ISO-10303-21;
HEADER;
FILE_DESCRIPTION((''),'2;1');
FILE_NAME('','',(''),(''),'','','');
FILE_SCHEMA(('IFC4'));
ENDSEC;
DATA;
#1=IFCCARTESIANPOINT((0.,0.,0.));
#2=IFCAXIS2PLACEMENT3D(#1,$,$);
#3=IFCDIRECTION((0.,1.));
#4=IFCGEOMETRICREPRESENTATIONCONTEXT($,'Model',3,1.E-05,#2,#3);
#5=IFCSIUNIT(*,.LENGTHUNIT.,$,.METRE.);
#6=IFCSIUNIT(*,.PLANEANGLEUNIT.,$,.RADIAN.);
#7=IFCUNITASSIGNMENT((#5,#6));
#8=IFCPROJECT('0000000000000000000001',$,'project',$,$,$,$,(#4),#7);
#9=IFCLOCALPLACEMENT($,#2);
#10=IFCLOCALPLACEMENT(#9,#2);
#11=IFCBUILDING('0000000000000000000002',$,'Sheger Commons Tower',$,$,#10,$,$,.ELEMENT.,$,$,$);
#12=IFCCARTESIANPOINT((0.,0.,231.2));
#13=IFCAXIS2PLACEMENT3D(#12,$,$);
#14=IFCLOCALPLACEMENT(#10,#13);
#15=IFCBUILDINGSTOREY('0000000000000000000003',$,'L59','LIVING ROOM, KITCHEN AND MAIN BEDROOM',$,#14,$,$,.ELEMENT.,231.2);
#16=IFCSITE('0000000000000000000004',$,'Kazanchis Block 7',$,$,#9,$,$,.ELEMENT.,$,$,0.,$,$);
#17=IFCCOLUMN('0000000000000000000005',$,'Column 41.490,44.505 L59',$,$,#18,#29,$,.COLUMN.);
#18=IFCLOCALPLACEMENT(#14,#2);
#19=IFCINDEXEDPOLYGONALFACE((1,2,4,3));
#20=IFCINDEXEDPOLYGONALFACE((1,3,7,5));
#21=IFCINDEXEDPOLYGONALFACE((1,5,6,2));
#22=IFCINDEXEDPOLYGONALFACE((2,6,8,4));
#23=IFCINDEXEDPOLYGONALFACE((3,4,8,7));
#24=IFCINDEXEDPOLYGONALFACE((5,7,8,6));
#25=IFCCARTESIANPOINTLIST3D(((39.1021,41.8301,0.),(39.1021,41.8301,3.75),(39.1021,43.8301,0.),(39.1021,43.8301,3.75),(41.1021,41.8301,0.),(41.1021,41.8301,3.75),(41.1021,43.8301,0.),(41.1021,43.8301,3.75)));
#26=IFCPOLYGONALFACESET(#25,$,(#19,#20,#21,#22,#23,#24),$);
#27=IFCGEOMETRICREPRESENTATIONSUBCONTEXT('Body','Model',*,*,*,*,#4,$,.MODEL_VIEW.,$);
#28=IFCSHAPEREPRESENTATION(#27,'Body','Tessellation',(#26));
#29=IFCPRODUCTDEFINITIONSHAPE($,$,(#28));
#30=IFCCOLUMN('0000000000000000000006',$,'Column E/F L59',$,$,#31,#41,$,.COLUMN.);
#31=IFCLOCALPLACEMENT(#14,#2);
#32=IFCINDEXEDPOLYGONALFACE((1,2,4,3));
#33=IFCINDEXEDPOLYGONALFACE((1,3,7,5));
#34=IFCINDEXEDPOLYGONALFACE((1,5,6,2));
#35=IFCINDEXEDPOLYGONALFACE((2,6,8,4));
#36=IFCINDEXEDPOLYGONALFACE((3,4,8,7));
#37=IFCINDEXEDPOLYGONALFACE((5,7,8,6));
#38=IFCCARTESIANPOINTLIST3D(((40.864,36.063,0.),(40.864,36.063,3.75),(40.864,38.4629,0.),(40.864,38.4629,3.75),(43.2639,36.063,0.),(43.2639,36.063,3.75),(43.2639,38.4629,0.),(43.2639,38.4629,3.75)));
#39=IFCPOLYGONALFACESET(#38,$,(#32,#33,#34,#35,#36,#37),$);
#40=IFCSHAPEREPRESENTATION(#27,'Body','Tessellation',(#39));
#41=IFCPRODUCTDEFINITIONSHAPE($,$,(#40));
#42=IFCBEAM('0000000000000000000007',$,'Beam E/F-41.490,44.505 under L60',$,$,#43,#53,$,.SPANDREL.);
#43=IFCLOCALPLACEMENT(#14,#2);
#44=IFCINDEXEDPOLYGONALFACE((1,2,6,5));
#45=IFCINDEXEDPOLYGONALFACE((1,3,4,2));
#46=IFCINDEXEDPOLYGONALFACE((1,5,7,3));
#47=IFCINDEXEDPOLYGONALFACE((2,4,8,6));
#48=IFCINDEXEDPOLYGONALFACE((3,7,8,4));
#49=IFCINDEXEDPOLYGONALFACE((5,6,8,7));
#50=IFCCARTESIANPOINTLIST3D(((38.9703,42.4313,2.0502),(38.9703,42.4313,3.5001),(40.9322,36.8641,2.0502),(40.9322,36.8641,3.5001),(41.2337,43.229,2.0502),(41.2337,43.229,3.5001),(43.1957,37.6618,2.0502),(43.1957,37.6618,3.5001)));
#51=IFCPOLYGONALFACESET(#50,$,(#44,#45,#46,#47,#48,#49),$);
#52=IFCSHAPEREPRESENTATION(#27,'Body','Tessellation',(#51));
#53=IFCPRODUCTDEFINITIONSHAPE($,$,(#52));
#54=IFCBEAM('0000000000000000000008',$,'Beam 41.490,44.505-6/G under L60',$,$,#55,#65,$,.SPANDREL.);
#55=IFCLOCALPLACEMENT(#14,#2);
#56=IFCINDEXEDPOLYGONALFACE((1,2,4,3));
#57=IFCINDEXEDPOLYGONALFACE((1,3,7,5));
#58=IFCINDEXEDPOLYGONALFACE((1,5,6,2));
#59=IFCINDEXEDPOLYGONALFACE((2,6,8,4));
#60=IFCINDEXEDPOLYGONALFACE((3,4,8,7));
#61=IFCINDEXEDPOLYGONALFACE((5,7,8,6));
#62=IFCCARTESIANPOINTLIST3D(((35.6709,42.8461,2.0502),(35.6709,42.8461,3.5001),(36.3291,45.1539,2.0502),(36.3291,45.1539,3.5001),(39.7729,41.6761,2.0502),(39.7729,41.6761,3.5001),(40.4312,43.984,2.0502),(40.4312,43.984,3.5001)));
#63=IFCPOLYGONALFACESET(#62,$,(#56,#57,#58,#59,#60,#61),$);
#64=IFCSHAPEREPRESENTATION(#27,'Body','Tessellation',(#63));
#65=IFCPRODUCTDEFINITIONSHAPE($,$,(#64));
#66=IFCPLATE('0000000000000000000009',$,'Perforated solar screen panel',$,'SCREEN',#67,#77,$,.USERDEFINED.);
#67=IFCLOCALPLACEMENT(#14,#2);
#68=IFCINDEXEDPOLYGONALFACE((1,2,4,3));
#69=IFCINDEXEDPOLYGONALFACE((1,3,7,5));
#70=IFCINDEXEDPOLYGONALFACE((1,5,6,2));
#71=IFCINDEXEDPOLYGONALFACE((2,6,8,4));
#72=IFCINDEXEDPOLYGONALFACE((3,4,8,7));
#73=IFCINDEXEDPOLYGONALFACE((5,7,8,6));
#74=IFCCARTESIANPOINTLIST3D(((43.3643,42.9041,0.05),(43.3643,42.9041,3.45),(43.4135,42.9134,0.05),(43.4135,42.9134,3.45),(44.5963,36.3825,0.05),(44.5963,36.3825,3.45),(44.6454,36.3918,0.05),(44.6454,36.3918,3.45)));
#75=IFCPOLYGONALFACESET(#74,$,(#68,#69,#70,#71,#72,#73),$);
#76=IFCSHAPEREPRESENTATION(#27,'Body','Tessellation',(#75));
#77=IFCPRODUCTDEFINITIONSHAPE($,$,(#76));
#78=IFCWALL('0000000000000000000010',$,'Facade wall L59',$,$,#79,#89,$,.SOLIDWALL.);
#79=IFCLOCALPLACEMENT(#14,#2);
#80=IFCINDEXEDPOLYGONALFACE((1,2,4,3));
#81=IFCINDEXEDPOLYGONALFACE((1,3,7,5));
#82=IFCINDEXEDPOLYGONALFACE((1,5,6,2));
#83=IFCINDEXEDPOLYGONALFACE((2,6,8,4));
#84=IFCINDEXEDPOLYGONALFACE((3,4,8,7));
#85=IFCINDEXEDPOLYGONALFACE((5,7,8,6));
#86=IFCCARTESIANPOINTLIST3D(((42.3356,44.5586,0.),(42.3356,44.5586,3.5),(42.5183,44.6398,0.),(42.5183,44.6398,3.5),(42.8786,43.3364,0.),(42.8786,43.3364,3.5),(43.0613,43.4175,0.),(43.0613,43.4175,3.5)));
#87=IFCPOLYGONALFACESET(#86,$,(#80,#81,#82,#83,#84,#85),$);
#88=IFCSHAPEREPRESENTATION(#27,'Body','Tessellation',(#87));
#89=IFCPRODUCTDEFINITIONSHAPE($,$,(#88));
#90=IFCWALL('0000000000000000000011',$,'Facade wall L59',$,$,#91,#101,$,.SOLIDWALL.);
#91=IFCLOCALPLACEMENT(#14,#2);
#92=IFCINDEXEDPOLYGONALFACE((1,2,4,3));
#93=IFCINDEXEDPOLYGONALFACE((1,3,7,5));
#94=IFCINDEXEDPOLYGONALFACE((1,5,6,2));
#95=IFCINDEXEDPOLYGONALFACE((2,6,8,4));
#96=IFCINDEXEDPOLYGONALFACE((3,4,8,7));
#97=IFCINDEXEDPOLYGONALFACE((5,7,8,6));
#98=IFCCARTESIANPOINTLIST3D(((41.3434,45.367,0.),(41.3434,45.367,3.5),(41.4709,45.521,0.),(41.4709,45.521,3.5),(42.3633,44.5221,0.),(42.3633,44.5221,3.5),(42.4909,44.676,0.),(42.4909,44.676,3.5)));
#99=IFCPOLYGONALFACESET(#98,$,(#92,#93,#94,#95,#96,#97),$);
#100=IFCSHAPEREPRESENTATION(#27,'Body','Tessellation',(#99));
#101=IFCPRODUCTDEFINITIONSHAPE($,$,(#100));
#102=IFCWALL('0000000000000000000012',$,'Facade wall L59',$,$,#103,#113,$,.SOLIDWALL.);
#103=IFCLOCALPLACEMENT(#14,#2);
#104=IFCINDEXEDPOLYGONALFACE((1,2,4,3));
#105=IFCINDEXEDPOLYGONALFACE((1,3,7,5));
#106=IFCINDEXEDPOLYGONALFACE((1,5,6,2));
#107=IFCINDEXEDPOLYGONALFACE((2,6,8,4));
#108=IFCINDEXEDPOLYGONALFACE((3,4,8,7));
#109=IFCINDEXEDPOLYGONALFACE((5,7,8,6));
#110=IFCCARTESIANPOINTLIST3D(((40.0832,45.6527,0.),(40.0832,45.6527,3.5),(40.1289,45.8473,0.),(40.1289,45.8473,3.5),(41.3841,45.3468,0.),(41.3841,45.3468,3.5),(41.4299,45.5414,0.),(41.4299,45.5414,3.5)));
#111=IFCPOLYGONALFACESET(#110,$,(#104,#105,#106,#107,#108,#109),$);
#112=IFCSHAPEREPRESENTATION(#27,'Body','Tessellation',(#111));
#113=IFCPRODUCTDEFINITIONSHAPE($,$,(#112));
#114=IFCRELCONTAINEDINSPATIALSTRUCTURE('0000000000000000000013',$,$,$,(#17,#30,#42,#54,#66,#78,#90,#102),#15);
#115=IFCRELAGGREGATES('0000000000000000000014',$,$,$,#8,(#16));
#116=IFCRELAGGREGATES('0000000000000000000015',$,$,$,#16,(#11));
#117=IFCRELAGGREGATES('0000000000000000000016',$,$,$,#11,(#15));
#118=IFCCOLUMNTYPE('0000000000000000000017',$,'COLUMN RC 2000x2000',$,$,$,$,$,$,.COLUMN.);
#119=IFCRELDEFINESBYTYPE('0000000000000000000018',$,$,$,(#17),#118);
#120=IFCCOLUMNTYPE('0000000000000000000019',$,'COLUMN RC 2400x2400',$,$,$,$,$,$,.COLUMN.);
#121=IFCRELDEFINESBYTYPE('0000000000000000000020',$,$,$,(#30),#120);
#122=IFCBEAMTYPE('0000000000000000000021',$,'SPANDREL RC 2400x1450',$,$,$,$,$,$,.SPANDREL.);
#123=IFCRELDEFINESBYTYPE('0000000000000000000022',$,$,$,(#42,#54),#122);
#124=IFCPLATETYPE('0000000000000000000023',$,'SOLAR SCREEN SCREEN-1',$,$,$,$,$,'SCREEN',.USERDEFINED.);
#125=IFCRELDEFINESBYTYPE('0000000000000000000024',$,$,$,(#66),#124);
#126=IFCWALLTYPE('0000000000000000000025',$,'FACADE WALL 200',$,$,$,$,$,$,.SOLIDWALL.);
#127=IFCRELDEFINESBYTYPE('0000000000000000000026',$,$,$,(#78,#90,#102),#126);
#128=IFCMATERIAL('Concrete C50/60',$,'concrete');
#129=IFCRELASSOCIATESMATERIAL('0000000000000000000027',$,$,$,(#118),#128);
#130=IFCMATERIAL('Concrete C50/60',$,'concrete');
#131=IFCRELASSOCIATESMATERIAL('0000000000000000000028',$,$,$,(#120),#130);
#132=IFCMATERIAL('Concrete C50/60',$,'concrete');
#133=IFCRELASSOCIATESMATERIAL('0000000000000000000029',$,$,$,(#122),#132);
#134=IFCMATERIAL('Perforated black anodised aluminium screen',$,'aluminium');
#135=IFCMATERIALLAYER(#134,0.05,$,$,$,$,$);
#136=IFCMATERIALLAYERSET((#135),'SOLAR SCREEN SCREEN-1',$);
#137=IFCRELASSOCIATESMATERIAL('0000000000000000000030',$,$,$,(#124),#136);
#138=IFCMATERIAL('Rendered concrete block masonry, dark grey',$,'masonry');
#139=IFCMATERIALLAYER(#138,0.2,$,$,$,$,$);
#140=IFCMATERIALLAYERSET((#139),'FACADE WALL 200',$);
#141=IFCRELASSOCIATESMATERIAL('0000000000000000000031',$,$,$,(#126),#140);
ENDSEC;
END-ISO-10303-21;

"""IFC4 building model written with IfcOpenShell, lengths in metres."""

from ifc_helpers import new_model, si_unit, direction, frame, frame_2d, origin, origin_2d, place, context, subcontext, project, spatial, rectangle, extrude, material, layer, layer_set, material_profile, profile_set, type_object, element, save


model = new_model("IFC4")

# Units and contexts
model_context = context("Model", 3, precision=1e-05, world=origin(), true_north=direction((0.0, 1.0)))
body_context = subcontext(model_context, "Body", "Model", "MODEL_VIEW")
ifc_project = project(units=[si_unit("LENGTHUNIT", "METRE"), si_unit("PLANEANGLEUNIT", "RADIAN")], contexts=[model_context])

# Site, building, storey
site_placement = place(None, origin())
site = spatial("IfcSite", under=ifc_project, at=site_placement, Name="Kazanchis Block 7", CompositionType="ELEMENT", RefElevation=0.0)
building_placement = place(site_placement, origin())
building = spatial("IfcBuilding", under=site, at=building_placement, Name="Sheger Commons Tower", CompositionType="ELEMENT")
storey_placement = place(building_placement, frame((0.0, 0.0, 231.2)))
storey = spatial("IfcBuildingStorey", under=building, at=storey_placement, Name="L59", Description="LIVING ROOM, KITCHEN AND MAIN BEDROOM", CompositionType="ELEMENT", Elevation=231.2)

# Columns
ifc_material_1 = material(Name="Concrete C50/60", Category="concrete")
ifc_material_profile_1 = material_profile(ifc_material_1, rectangle(XDim=2.0, YDim=2.0, at=origin_2d()), Name="RC 2000x2000")
ifc_profile_set_1 = profile_set([ifc_material_profile_1], Name="Concrete C50/60")
column_type_1 = type_object("IfcColumnType", Name="COLUMN RC 2000x2000", PredefinedType="COLUMN", material=ifc_profile_set_1)
column_1_placement = place(storey_placement, frame((40.1021, 42.8301, 0.0), z_axis=(0.0, 0.0, 1.0), x_axis=(1.0, 0.0, 0.0)))
element("IfcColumn", 1, at=column_1_placement, inside=storey, type_object=column_type_1, Name="Column 41.490,44.505 L59", PredefinedType="COLUMN", context=body_context, shape_type="SweptSolid", body=[
    extrude(rectangle(XDim=2.0, YDim=2.0, at=origin_2d()), origin(), (0.0, 0.0, 1.0), 3.75),
])
ifc_material_2 = material(Name="Concrete C50/60", Category="concrete")
ifc_material_profile_2 = material_profile(ifc_material_2, rectangle(XDim=2.3999, YDim=2.3999, at=origin_2d()), Name="RC 2400x2400")
ifc_profile_set_2 = profile_set([ifc_material_profile_2], Name="Concrete C50/60")
column_type_2 = type_object("IfcColumnType", Name="COLUMN RC 2400x2400", PredefinedType="COLUMN", material=ifc_profile_set_2)
column_2_placement = place(storey_placement, frame((42.064, 37.2629, 0.0), z_axis=(0.0, 0.0, 1.0), x_axis=(1.0, 0.0, 0.0)))
element("IfcColumn", 2, at=column_2_placement, inside=storey, type_object=column_type_2, Name="Column E/F L59", PredefinedType="COLUMN", context=body_context, shape_type="SweptSolid", body=[
    extrude(rectangle(XDim=2.3999, YDim=2.3999, at=origin_2d()), origin(), (0.0, 0.0, 1.0), 3.75),
])

# Beams
ifc_material_3 = material(Name="Concrete C50/60", Category="concrete")
ifc_material_profile_3 = material_profile(ifc_material_3, rectangle(XDim=2.3999, YDim=1.45, at=origin_2d()), Name="RC 2400x1450")
ifc_profile_set_3 = profile_set([ifc_material_profile_3], Name="Concrete C50/60")
beam_type = type_object("IfcBeamType", Name="SPANDREL RC 2400x1450", PredefinedType="SPANDREL", material=ifc_profile_set_3)
beam_1_placement = place(storey_placement, frame((42.064, 37.2629, 2.7751), z_axis=(-0.332374, 0.943148, 0.0), x_axis=(-0.943148, -0.332374, 0.0)))
element("IfcBeam", 3, at=beam_1_placement, inside=storey, type_object=beam_type, Name="Beam E/F-41.490,44.505 under L60", PredefinedType="SPANDREL", context=body_context, shape_type="SweptSolid", body=[
    extrude(rectangle(XDim=2.3999, YDim=1.45, at=origin_2d()), origin(), (0.0, 0.0, 1.0), 5.9028),
])
beam_2_placement = place(storey_placement, frame((40.1021, 42.8301, 2.7751), z_axis=(-0.961653, 0.274268, 0.0), x_axis=(-0.274268, -0.961653, 0.0)))
element("IfcBeam", 4, at=beam_2_placement, inside=storey, type_object=beam_type, Name="Beam 41.490,44.505-6/G under L60", PredefinedType="SPANDREL", context=body_context, shape_type="SweptSolid", body=[
    extrude(rectangle(XDim=2.3999, YDim=1.45, at=origin_2d()), origin(), (0.0, 0.0, 1.0), 4.2656),
])

# Plate
ifc_material_4 = material(Name="Perforated black anodised aluminium screen", Category="aluminium")
ifc_layer_1 = layer(ifc_material_4, 0.05)
ifc_layer_set_1 = layer_set([ifc_layer_1], Name="SOLAR SCREEN SCREEN-1")
plate_type = type_object("IfcPlateType", Name="SOLAR SCREEN SCREEN-1", ElementType="SCREEN", PredefinedType="USERDEFINED", material=ifc_layer_set_1)
plate_placement = place(storey_placement, frame((44.0049, 39.6479, 0.05), z_axis=(0.0, 0.0, 1.0), x_axis=(-0.185615, 0.982623, 0.0)))
element("IfcPlate", 5, at=plate_placement, inside=storey, type_object=plate_type, Name="Perforated solar screen panel", ObjectType="SCREEN", PredefinedType="USERDEFINED", context=body_context, shape_type="SweptSolid", body=[
    extrude(rectangle(XDim=6.637, YDim=0.05, at=origin_2d()), origin(), (0.0, 0.0, 1.0), 3.3999),
])

# Walls
ifc_material_5 = material(Name="Rendered concrete block masonry, dark grey", Category="masonry")
ifc_layer_2 = layer(ifc_material_5, 0.2)
ifc_layer_set_2 = layer_set([ifc_layer_2], Name="FACADE WALL 200")
wall_type_1 = type_object("IfcWallType", Name="FACADE WALL 200", PredefinedType="SOLIDWALL", material=ifc_layer_set_2)
wall_1_placement = place(storey_placement, frame((42.97, 43.377, 0.0), z_axis=(0.0, 0.0, 1.0), x_axis=(-0.406003, 0.913872, 0.0)))
element("IfcWall", 6, at=wall_1_placement, inside=storey, type_object=wall_type_1, Name="Facade wall L59", PredefinedType="SOLIDWALL", context=body_context, shape_type="SweptSolid", body=[
    extrude(rectangle(XDim=1.3374, YDim=0.2, at=frame_2d((0.6687, 0.0))), origin(), (0.0, 0.0, 1.0), 3.5),
])
wall_2_placement = place(storey_placement, frame((42.427, 44.5991, 0.0), z_axis=(0.0, 0.0, 1.0), x_axis=(-0.770091, 0.637934, 0.0)))
element("IfcWall", 7, at=wall_2_placement, inside=storey, type_object=wall_type_1, Name="Facade wall L59", PredefinedType="SOLIDWALL", context=body_context, shape_type="SweptSolid", body=[
    extrude(rectangle(XDim=1.3245, YDim=0.2, at=frame_2d((0.6621, 0.0))), origin(), (0.0, 0.0, 1.0), 3.5),
])
wall_3_placement = place(storey_placement, frame((41.407, 45.4441, 0.0), z_axis=(0.0, 0.0, 1.0), x_axis=(-0.973453, 0.228887, 0.0)))
element("IfcWall", 8, at=wall_3_placement, inside=storey, type_object=wall_type_1, Name="Facade wall L59", PredefinedType="SOLIDWALL", context=body_context, shape_type="SweptSolid", body=[
    extrude(rectangle(XDim=1.3364, YDim=0.2, at=frame_2d((0.6682, 0.0))), origin(), (0.0, 0.0, 1.0), 3.5),
])

save(model, "model.ifc")
